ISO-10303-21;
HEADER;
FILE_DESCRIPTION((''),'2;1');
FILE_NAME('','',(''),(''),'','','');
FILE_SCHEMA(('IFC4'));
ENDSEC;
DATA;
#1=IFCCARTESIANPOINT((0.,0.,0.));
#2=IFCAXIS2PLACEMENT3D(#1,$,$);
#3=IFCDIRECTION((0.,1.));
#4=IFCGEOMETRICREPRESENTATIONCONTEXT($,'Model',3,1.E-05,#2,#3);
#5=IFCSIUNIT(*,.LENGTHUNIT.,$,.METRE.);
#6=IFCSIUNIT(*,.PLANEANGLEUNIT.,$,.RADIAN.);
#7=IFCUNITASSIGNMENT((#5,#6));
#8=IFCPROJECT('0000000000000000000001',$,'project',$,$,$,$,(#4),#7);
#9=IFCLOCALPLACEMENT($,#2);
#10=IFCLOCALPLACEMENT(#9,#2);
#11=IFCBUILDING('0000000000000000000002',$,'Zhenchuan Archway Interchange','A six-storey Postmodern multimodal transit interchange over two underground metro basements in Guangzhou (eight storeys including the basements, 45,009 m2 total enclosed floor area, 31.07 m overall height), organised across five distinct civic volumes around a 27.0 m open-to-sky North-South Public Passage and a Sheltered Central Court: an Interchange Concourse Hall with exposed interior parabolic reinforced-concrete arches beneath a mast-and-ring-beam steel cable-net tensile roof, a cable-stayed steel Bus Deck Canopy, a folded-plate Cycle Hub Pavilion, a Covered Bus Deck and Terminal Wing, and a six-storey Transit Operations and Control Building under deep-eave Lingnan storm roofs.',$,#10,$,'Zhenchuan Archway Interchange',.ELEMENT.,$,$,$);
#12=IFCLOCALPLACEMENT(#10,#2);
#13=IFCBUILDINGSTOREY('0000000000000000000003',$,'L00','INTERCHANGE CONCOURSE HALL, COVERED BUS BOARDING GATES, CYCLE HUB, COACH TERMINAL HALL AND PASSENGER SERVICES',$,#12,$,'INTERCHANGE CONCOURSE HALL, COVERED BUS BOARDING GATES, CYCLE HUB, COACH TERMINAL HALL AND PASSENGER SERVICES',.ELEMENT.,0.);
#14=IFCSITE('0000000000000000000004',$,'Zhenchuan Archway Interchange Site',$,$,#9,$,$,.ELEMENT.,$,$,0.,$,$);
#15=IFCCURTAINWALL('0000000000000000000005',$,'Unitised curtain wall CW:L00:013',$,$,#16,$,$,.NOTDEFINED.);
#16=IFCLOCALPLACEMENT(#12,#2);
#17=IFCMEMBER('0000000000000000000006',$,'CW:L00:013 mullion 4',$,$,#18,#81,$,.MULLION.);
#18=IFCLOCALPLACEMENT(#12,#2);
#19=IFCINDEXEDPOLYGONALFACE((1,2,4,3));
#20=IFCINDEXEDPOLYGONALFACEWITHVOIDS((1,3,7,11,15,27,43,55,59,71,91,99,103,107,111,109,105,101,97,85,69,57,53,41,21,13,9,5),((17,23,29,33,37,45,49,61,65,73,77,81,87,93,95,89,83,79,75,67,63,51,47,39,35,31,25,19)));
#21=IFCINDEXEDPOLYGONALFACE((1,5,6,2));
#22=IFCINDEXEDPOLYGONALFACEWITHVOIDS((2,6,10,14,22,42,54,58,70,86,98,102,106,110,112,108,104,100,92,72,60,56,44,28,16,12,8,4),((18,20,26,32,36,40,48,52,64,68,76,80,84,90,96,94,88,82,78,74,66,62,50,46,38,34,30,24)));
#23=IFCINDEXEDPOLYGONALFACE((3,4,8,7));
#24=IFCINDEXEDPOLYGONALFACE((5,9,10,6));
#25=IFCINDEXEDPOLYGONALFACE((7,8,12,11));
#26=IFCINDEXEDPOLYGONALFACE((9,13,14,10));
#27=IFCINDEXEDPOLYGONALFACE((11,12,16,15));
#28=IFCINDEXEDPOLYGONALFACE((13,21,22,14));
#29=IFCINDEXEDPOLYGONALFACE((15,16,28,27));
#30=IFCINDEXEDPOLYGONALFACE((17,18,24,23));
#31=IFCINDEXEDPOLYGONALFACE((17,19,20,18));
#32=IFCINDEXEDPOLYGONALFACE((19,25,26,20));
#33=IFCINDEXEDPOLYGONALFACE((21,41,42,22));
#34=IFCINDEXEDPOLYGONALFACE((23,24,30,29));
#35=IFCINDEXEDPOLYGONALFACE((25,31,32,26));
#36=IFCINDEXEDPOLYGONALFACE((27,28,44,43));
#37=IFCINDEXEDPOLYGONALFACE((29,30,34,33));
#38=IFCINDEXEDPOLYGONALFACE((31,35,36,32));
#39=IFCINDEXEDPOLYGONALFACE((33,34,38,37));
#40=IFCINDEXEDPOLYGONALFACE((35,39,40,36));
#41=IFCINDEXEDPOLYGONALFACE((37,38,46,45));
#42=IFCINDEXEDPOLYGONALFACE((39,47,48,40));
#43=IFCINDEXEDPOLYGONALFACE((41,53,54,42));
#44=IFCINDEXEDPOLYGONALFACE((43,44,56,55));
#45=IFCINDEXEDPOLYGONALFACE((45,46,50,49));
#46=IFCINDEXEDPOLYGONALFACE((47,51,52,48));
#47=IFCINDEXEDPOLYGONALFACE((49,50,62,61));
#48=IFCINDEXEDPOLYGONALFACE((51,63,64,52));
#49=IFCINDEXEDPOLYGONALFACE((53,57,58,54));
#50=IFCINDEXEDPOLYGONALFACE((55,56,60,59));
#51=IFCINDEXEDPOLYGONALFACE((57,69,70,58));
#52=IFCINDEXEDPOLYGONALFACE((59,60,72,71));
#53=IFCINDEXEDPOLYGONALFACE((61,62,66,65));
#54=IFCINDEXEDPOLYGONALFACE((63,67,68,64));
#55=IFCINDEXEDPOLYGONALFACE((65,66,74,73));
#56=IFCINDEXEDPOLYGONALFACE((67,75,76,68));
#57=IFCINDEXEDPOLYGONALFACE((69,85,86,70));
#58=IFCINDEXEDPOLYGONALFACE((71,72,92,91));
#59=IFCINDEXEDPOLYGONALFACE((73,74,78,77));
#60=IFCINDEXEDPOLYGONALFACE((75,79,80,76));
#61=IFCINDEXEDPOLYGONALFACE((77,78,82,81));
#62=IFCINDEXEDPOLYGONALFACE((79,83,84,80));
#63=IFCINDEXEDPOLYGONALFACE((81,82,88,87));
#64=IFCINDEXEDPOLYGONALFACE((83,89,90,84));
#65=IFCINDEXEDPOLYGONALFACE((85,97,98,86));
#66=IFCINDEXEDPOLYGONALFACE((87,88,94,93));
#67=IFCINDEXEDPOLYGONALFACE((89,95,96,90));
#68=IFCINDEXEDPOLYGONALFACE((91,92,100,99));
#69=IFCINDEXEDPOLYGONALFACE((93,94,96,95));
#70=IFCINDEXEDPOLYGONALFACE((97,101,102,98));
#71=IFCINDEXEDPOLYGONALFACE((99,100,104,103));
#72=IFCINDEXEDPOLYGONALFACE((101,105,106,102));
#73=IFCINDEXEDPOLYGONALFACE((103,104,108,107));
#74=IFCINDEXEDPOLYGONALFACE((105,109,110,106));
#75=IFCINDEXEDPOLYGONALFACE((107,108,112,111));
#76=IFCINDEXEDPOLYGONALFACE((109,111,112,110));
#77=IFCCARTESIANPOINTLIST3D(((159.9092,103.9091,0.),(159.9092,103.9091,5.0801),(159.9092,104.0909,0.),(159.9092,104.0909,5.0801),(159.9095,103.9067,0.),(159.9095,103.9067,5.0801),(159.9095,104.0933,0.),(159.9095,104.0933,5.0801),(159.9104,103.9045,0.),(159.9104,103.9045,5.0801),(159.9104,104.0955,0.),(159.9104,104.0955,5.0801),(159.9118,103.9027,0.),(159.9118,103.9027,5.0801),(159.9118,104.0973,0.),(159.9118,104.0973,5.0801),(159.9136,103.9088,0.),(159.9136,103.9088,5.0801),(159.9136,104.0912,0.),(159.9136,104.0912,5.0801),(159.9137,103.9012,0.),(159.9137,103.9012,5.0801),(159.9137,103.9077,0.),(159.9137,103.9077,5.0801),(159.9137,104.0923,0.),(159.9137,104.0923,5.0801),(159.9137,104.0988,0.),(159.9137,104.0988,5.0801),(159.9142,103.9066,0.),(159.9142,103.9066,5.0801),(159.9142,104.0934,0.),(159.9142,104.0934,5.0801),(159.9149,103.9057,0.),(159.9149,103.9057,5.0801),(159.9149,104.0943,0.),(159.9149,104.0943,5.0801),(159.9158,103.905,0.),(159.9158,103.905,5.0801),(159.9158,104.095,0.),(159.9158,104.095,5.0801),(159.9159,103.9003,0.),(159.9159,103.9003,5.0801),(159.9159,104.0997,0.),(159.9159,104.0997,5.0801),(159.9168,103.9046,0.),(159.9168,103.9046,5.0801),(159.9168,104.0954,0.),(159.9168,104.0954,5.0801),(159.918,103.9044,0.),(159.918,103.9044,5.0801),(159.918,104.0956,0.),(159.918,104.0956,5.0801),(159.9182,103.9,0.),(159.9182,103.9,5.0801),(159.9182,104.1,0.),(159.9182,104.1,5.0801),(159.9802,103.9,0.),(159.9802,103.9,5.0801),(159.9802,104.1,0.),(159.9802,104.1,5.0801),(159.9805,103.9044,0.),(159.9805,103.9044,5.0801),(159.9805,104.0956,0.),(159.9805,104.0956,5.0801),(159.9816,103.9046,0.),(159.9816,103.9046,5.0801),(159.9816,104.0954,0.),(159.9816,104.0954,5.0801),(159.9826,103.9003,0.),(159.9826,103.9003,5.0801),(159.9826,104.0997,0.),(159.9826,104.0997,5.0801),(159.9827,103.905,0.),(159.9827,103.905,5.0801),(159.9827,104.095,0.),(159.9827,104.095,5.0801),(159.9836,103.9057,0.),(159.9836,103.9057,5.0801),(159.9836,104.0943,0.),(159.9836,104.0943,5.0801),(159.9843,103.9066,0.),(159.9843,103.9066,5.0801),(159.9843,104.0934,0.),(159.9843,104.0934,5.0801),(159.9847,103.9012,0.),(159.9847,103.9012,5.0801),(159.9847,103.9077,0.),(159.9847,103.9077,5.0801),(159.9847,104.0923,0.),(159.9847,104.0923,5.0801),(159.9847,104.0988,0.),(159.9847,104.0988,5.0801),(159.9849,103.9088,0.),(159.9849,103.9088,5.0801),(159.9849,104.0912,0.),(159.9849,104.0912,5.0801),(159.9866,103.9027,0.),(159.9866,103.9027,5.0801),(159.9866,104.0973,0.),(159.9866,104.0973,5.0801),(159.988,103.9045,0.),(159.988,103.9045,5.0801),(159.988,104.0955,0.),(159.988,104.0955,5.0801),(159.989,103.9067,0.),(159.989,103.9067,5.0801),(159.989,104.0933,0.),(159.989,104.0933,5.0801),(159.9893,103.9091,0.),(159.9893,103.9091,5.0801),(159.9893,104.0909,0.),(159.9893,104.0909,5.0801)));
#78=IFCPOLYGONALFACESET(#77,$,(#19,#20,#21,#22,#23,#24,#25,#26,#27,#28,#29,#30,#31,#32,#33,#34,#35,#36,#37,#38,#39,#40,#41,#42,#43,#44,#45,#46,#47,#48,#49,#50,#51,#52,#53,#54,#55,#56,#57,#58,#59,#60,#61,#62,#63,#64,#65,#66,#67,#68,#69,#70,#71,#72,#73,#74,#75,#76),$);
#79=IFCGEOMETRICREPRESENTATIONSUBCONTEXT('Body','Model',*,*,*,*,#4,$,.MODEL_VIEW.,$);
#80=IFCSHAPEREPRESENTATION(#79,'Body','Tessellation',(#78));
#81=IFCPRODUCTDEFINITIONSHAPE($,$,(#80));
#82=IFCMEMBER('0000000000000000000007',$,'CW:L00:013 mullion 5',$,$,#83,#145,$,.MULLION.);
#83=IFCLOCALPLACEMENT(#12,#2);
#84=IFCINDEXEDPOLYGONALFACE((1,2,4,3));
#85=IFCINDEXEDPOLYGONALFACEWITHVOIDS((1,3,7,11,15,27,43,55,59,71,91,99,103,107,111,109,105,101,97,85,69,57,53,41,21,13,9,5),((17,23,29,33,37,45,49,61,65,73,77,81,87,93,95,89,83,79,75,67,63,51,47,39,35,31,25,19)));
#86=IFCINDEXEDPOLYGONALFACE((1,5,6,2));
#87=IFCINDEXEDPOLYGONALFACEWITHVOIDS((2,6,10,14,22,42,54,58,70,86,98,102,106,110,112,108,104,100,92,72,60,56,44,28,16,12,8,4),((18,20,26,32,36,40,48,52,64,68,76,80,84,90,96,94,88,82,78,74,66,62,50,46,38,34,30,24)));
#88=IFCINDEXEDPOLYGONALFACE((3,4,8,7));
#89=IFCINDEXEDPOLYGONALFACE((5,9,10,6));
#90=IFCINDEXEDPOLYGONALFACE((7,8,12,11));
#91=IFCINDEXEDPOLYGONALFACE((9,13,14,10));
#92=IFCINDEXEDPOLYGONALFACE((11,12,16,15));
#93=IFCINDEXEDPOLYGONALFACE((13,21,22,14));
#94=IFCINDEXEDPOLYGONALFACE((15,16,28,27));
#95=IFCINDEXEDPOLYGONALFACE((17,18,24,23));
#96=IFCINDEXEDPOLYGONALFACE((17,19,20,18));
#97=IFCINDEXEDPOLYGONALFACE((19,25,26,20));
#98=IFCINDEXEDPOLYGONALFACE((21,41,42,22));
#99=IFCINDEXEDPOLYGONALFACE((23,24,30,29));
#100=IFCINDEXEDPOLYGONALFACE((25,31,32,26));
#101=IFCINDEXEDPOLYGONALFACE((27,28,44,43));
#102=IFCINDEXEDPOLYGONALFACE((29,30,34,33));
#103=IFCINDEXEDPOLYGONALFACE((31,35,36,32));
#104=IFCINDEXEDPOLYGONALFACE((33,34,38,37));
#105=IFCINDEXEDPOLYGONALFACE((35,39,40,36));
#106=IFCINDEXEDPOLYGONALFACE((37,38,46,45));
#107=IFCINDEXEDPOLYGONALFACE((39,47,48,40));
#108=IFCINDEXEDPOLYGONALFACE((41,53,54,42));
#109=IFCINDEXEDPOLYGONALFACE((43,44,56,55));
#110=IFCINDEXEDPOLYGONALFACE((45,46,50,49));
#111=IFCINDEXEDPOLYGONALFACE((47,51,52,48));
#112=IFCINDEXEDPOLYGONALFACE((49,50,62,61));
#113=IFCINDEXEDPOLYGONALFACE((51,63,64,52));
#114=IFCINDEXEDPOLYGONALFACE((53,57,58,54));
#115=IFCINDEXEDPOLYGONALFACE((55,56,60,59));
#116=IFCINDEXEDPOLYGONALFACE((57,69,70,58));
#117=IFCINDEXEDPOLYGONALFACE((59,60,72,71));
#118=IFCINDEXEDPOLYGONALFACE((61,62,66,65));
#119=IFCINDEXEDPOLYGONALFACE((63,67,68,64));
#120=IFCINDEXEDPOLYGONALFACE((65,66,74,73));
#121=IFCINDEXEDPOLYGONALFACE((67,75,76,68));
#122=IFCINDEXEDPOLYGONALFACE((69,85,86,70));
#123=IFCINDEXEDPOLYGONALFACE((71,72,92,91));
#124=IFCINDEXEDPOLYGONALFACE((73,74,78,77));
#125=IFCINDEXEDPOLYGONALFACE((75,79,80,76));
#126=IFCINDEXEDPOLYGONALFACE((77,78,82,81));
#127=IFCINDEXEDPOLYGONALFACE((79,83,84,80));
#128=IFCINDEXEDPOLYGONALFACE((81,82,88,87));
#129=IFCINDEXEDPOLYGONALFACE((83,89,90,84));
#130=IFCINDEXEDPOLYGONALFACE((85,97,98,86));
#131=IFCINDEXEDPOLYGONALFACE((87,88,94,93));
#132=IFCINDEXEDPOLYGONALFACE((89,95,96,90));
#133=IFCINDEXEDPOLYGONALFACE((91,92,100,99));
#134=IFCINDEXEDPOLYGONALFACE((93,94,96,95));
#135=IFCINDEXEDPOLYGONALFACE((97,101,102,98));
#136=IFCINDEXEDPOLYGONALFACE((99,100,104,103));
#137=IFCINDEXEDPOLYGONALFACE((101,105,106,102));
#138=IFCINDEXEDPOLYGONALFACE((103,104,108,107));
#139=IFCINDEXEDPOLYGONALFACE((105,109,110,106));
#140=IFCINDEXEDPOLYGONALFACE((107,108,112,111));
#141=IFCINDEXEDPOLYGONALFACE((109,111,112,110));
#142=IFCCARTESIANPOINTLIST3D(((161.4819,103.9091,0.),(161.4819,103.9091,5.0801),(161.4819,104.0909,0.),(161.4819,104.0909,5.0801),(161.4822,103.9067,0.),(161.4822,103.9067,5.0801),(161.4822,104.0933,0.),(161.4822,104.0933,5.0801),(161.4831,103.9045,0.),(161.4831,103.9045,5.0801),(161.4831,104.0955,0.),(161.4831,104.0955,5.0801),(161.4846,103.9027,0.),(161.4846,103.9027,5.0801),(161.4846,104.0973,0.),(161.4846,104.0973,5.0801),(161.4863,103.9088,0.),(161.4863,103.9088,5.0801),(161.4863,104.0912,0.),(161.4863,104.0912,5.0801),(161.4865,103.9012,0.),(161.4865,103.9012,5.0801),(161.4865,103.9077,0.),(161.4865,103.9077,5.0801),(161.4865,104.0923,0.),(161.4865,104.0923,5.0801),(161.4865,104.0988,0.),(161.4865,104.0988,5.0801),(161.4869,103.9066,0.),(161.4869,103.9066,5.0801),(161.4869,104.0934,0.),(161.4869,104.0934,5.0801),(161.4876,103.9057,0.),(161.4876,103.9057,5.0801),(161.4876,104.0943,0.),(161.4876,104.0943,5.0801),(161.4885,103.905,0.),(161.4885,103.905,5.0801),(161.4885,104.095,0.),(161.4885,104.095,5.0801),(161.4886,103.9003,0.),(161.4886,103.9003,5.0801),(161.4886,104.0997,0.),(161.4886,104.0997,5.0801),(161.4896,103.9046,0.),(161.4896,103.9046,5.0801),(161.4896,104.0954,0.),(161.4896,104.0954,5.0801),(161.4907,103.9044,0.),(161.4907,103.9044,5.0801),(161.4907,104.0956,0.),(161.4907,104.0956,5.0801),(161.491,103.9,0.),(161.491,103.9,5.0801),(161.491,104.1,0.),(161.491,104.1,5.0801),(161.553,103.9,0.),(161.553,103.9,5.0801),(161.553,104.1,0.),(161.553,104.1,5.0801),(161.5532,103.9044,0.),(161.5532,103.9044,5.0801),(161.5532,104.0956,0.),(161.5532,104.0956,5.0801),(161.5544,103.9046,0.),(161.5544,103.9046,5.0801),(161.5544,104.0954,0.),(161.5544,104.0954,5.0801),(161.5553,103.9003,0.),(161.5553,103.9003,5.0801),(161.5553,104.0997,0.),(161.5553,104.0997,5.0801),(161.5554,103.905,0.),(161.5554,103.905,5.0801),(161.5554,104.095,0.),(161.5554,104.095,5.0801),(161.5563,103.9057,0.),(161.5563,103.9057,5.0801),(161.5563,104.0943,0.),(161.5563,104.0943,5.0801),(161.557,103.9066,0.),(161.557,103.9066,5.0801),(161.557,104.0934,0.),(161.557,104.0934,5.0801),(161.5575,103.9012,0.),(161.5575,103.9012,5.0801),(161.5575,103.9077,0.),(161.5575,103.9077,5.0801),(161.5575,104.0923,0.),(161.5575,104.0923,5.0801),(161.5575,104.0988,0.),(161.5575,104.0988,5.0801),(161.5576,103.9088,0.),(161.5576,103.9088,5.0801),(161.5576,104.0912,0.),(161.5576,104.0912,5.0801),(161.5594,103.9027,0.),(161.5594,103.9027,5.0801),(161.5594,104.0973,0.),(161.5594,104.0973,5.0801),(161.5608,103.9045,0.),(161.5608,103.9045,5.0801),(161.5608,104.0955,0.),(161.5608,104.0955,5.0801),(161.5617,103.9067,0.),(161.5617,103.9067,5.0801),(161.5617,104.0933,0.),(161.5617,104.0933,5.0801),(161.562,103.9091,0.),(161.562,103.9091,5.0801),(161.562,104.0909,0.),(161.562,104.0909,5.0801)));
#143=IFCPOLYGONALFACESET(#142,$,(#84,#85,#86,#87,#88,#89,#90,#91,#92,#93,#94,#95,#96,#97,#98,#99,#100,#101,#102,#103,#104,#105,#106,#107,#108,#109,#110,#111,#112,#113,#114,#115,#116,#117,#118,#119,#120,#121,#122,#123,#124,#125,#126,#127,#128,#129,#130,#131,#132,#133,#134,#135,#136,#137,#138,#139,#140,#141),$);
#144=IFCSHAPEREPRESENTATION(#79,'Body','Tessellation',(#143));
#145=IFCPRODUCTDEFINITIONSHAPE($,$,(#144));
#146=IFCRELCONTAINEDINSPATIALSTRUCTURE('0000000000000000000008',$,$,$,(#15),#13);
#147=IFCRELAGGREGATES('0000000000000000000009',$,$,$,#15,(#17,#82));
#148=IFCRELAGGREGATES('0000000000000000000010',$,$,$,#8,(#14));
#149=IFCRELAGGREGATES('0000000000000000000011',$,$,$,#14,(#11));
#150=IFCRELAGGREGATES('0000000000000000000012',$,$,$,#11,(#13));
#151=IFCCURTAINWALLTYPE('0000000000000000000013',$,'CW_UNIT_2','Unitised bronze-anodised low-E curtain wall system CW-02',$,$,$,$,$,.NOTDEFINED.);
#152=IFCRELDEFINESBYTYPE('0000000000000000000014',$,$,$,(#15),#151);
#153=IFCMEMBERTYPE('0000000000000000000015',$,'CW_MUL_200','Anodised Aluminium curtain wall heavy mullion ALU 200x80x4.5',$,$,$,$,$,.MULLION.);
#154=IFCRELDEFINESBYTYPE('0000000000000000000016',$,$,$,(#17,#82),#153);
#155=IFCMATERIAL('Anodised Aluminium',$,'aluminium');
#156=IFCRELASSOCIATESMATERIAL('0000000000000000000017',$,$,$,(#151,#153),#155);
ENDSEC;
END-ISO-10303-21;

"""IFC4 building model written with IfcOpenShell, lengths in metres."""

from ifc_helpers import new_model, si_unit, direction, frame, origin, origin_2d, place, context, subcontext, project, spatial, hollow_rectangle, extrude, material, material_profile, profile_set, type_object, element, aggregate, save


model = new_model("IFC4")

# Units and contexts
model_context = context("Model", 3, precision=1e-05, world=origin(), true_north=direction((0.0, 1.0)))
body_context = subcontext(model_context, "Body", "Model", "MODEL_VIEW")
ifc_project = project(units=[si_unit("LENGTHUNIT", "METRE"), si_unit("PLANEANGLEUNIT", "RADIAN")], contexts=[model_context])

# Site, building, storey
site_placement = place(None, origin())
site = spatial("IfcSite", under=ifc_project, at=site_placement, Name="Zhenchuan Archway Interchange Site", CompositionType="ELEMENT", RefElevation=0.0)
building_placement = place(site_placement, origin())
building = spatial("IfcBuilding", under=site, at=building_placement, Name="Zhenchuan Archway Interchange", Description="A six-storey Postmodern multimodal transit interchange over two underground metro basements in Guangzhou (eight storeys including the basements, 45,009 m2 total enclosed floor area, 31.07 m overall height), organised across five distinct civic volumes around a 27.0 m open-to-sky North-South Public Passage and a Sheltered Central Court: an Interchange Concourse Hall with exposed interior parabolic reinforced-concrete arches beneath a mast-and-ring-beam steel cable-net tensile roof, a cable-stayed steel Bus Deck Canopy, a folded-plate Cycle Hub Pavilion, a Covered Bus Deck and Terminal Wing, and a six-storey Transit Operations and Control Building under deep-eave Lingnan storm roofs.", LongName="Zhenchuan Archway Interchange", CompositionType="ELEMENT")
storey_placement = place(building_placement, origin())
storey = spatial("IfcBuildingStorey", under=building, at=storey_placement, Name="L00", Description="INTERCHANGE CONCOURSE HALL, COVERED BUS BOARDING GATES, CYCLE HUB, COACH TERMINAL HALL AND PASSENGER SERVICES", LongName="INTERCHANGE CONCOURSE HALL, COVERED BUS BOARDING GATES, CYCLE HUB, COACH TERMINAL HALL AND PASSENGER SERVICES", CompositionType="ELEMENT", Elevation=0.0)

# Curtain wall, members
ifc_material_1 = material(Name="Anodised Aluminium", Category="aluminium")
curtain_wall_type = type_object("IfcCurtainWallType", Name="CW_UNIT_2", Description="Unitised bronze-anodised low-E curtain wall system CW-02", PredefinedType="NOTDEFINED", material=ifc_material_1)
curtain_wall_placement = place(storey_placement, origin())
curtain_wall = element("IfcCurtainWall", 1, at=curtain_wall_placement, inside=storey, type_object=curtain_wall_type, Name="Unitised curtain wall CW:L00:013", PredefinedType="NOTDEFINED")
ifc_material_profile_1 = material_profile(ifc_material_1, hollow_rectangle(XDim=0.0801, YDim=0.2, WallThickness=0.0044, InnerFilletRadius=0.0044, OuterFilletRadius=0.009, at=origin_2d()), Name="ALU 200x80x4.5")
ifc_profile_set_1 = profile_set([ifc_material_profile_1], Name="Anodised Aluminium")
member_type_1 = type_object("IfcMemberType", Name="CW_MUL_200", Description="Anodised Aluminium curtain wall heavy mullion ALU 200x80x4.5", PredefinedType="MULLION", material=ifc_profile_set_1)
member_1_placement = place(storey_placement, frame((159.9492, 104.0, 0.0), z_axis=(0.0, 0.0, 1.0), x_axis=(1.0, 0.0, 0.0)))
member_1 = element("IfcMember", 2, at=member_1_placement, type_object=member_type_1, Name="CW:L00:013 mullion 4", PredefinedType="MULLION", context=body_context, shape_type="SweptSolid", body=[
    extrude(hollow_rectangle(XDim=0.0801, YDim=0.2, WallThickness=0.0044, InnerFilletRadius=0.0044, OuterFilletRadius=0.009, at=origin_2d()), origin(), (0.0, 0.0, 1.0), 5.0801),
])
member_2_placement = place(storey_placement, frame((161.522, 104.0, 0.0), z_axis=(0.0, 0.0, 1.0), x_axis=(1.0, 0.0, 0.0)))
member_2 = element("IfcMember", 3, at=member_2_placement, type_object=member_type_1, Name="CW:L00:013 mullion 5", PredefinedType="MULLION", context=body_context, shape_type="SweptSolid", body=[
    extrude(hollow_rectangle(XDim=0.0801, YDim=0.2, WallThickness=0.0044, InnerFilletRadius=0.0044, OuterFilletRadius=0.009, at=origin_2d()), origin(), (0.0, 0.0, 1.0), 5.0801),
])
aggregate(curtain_wall, [member_1, member_2])

save(model, "model.ifc")
